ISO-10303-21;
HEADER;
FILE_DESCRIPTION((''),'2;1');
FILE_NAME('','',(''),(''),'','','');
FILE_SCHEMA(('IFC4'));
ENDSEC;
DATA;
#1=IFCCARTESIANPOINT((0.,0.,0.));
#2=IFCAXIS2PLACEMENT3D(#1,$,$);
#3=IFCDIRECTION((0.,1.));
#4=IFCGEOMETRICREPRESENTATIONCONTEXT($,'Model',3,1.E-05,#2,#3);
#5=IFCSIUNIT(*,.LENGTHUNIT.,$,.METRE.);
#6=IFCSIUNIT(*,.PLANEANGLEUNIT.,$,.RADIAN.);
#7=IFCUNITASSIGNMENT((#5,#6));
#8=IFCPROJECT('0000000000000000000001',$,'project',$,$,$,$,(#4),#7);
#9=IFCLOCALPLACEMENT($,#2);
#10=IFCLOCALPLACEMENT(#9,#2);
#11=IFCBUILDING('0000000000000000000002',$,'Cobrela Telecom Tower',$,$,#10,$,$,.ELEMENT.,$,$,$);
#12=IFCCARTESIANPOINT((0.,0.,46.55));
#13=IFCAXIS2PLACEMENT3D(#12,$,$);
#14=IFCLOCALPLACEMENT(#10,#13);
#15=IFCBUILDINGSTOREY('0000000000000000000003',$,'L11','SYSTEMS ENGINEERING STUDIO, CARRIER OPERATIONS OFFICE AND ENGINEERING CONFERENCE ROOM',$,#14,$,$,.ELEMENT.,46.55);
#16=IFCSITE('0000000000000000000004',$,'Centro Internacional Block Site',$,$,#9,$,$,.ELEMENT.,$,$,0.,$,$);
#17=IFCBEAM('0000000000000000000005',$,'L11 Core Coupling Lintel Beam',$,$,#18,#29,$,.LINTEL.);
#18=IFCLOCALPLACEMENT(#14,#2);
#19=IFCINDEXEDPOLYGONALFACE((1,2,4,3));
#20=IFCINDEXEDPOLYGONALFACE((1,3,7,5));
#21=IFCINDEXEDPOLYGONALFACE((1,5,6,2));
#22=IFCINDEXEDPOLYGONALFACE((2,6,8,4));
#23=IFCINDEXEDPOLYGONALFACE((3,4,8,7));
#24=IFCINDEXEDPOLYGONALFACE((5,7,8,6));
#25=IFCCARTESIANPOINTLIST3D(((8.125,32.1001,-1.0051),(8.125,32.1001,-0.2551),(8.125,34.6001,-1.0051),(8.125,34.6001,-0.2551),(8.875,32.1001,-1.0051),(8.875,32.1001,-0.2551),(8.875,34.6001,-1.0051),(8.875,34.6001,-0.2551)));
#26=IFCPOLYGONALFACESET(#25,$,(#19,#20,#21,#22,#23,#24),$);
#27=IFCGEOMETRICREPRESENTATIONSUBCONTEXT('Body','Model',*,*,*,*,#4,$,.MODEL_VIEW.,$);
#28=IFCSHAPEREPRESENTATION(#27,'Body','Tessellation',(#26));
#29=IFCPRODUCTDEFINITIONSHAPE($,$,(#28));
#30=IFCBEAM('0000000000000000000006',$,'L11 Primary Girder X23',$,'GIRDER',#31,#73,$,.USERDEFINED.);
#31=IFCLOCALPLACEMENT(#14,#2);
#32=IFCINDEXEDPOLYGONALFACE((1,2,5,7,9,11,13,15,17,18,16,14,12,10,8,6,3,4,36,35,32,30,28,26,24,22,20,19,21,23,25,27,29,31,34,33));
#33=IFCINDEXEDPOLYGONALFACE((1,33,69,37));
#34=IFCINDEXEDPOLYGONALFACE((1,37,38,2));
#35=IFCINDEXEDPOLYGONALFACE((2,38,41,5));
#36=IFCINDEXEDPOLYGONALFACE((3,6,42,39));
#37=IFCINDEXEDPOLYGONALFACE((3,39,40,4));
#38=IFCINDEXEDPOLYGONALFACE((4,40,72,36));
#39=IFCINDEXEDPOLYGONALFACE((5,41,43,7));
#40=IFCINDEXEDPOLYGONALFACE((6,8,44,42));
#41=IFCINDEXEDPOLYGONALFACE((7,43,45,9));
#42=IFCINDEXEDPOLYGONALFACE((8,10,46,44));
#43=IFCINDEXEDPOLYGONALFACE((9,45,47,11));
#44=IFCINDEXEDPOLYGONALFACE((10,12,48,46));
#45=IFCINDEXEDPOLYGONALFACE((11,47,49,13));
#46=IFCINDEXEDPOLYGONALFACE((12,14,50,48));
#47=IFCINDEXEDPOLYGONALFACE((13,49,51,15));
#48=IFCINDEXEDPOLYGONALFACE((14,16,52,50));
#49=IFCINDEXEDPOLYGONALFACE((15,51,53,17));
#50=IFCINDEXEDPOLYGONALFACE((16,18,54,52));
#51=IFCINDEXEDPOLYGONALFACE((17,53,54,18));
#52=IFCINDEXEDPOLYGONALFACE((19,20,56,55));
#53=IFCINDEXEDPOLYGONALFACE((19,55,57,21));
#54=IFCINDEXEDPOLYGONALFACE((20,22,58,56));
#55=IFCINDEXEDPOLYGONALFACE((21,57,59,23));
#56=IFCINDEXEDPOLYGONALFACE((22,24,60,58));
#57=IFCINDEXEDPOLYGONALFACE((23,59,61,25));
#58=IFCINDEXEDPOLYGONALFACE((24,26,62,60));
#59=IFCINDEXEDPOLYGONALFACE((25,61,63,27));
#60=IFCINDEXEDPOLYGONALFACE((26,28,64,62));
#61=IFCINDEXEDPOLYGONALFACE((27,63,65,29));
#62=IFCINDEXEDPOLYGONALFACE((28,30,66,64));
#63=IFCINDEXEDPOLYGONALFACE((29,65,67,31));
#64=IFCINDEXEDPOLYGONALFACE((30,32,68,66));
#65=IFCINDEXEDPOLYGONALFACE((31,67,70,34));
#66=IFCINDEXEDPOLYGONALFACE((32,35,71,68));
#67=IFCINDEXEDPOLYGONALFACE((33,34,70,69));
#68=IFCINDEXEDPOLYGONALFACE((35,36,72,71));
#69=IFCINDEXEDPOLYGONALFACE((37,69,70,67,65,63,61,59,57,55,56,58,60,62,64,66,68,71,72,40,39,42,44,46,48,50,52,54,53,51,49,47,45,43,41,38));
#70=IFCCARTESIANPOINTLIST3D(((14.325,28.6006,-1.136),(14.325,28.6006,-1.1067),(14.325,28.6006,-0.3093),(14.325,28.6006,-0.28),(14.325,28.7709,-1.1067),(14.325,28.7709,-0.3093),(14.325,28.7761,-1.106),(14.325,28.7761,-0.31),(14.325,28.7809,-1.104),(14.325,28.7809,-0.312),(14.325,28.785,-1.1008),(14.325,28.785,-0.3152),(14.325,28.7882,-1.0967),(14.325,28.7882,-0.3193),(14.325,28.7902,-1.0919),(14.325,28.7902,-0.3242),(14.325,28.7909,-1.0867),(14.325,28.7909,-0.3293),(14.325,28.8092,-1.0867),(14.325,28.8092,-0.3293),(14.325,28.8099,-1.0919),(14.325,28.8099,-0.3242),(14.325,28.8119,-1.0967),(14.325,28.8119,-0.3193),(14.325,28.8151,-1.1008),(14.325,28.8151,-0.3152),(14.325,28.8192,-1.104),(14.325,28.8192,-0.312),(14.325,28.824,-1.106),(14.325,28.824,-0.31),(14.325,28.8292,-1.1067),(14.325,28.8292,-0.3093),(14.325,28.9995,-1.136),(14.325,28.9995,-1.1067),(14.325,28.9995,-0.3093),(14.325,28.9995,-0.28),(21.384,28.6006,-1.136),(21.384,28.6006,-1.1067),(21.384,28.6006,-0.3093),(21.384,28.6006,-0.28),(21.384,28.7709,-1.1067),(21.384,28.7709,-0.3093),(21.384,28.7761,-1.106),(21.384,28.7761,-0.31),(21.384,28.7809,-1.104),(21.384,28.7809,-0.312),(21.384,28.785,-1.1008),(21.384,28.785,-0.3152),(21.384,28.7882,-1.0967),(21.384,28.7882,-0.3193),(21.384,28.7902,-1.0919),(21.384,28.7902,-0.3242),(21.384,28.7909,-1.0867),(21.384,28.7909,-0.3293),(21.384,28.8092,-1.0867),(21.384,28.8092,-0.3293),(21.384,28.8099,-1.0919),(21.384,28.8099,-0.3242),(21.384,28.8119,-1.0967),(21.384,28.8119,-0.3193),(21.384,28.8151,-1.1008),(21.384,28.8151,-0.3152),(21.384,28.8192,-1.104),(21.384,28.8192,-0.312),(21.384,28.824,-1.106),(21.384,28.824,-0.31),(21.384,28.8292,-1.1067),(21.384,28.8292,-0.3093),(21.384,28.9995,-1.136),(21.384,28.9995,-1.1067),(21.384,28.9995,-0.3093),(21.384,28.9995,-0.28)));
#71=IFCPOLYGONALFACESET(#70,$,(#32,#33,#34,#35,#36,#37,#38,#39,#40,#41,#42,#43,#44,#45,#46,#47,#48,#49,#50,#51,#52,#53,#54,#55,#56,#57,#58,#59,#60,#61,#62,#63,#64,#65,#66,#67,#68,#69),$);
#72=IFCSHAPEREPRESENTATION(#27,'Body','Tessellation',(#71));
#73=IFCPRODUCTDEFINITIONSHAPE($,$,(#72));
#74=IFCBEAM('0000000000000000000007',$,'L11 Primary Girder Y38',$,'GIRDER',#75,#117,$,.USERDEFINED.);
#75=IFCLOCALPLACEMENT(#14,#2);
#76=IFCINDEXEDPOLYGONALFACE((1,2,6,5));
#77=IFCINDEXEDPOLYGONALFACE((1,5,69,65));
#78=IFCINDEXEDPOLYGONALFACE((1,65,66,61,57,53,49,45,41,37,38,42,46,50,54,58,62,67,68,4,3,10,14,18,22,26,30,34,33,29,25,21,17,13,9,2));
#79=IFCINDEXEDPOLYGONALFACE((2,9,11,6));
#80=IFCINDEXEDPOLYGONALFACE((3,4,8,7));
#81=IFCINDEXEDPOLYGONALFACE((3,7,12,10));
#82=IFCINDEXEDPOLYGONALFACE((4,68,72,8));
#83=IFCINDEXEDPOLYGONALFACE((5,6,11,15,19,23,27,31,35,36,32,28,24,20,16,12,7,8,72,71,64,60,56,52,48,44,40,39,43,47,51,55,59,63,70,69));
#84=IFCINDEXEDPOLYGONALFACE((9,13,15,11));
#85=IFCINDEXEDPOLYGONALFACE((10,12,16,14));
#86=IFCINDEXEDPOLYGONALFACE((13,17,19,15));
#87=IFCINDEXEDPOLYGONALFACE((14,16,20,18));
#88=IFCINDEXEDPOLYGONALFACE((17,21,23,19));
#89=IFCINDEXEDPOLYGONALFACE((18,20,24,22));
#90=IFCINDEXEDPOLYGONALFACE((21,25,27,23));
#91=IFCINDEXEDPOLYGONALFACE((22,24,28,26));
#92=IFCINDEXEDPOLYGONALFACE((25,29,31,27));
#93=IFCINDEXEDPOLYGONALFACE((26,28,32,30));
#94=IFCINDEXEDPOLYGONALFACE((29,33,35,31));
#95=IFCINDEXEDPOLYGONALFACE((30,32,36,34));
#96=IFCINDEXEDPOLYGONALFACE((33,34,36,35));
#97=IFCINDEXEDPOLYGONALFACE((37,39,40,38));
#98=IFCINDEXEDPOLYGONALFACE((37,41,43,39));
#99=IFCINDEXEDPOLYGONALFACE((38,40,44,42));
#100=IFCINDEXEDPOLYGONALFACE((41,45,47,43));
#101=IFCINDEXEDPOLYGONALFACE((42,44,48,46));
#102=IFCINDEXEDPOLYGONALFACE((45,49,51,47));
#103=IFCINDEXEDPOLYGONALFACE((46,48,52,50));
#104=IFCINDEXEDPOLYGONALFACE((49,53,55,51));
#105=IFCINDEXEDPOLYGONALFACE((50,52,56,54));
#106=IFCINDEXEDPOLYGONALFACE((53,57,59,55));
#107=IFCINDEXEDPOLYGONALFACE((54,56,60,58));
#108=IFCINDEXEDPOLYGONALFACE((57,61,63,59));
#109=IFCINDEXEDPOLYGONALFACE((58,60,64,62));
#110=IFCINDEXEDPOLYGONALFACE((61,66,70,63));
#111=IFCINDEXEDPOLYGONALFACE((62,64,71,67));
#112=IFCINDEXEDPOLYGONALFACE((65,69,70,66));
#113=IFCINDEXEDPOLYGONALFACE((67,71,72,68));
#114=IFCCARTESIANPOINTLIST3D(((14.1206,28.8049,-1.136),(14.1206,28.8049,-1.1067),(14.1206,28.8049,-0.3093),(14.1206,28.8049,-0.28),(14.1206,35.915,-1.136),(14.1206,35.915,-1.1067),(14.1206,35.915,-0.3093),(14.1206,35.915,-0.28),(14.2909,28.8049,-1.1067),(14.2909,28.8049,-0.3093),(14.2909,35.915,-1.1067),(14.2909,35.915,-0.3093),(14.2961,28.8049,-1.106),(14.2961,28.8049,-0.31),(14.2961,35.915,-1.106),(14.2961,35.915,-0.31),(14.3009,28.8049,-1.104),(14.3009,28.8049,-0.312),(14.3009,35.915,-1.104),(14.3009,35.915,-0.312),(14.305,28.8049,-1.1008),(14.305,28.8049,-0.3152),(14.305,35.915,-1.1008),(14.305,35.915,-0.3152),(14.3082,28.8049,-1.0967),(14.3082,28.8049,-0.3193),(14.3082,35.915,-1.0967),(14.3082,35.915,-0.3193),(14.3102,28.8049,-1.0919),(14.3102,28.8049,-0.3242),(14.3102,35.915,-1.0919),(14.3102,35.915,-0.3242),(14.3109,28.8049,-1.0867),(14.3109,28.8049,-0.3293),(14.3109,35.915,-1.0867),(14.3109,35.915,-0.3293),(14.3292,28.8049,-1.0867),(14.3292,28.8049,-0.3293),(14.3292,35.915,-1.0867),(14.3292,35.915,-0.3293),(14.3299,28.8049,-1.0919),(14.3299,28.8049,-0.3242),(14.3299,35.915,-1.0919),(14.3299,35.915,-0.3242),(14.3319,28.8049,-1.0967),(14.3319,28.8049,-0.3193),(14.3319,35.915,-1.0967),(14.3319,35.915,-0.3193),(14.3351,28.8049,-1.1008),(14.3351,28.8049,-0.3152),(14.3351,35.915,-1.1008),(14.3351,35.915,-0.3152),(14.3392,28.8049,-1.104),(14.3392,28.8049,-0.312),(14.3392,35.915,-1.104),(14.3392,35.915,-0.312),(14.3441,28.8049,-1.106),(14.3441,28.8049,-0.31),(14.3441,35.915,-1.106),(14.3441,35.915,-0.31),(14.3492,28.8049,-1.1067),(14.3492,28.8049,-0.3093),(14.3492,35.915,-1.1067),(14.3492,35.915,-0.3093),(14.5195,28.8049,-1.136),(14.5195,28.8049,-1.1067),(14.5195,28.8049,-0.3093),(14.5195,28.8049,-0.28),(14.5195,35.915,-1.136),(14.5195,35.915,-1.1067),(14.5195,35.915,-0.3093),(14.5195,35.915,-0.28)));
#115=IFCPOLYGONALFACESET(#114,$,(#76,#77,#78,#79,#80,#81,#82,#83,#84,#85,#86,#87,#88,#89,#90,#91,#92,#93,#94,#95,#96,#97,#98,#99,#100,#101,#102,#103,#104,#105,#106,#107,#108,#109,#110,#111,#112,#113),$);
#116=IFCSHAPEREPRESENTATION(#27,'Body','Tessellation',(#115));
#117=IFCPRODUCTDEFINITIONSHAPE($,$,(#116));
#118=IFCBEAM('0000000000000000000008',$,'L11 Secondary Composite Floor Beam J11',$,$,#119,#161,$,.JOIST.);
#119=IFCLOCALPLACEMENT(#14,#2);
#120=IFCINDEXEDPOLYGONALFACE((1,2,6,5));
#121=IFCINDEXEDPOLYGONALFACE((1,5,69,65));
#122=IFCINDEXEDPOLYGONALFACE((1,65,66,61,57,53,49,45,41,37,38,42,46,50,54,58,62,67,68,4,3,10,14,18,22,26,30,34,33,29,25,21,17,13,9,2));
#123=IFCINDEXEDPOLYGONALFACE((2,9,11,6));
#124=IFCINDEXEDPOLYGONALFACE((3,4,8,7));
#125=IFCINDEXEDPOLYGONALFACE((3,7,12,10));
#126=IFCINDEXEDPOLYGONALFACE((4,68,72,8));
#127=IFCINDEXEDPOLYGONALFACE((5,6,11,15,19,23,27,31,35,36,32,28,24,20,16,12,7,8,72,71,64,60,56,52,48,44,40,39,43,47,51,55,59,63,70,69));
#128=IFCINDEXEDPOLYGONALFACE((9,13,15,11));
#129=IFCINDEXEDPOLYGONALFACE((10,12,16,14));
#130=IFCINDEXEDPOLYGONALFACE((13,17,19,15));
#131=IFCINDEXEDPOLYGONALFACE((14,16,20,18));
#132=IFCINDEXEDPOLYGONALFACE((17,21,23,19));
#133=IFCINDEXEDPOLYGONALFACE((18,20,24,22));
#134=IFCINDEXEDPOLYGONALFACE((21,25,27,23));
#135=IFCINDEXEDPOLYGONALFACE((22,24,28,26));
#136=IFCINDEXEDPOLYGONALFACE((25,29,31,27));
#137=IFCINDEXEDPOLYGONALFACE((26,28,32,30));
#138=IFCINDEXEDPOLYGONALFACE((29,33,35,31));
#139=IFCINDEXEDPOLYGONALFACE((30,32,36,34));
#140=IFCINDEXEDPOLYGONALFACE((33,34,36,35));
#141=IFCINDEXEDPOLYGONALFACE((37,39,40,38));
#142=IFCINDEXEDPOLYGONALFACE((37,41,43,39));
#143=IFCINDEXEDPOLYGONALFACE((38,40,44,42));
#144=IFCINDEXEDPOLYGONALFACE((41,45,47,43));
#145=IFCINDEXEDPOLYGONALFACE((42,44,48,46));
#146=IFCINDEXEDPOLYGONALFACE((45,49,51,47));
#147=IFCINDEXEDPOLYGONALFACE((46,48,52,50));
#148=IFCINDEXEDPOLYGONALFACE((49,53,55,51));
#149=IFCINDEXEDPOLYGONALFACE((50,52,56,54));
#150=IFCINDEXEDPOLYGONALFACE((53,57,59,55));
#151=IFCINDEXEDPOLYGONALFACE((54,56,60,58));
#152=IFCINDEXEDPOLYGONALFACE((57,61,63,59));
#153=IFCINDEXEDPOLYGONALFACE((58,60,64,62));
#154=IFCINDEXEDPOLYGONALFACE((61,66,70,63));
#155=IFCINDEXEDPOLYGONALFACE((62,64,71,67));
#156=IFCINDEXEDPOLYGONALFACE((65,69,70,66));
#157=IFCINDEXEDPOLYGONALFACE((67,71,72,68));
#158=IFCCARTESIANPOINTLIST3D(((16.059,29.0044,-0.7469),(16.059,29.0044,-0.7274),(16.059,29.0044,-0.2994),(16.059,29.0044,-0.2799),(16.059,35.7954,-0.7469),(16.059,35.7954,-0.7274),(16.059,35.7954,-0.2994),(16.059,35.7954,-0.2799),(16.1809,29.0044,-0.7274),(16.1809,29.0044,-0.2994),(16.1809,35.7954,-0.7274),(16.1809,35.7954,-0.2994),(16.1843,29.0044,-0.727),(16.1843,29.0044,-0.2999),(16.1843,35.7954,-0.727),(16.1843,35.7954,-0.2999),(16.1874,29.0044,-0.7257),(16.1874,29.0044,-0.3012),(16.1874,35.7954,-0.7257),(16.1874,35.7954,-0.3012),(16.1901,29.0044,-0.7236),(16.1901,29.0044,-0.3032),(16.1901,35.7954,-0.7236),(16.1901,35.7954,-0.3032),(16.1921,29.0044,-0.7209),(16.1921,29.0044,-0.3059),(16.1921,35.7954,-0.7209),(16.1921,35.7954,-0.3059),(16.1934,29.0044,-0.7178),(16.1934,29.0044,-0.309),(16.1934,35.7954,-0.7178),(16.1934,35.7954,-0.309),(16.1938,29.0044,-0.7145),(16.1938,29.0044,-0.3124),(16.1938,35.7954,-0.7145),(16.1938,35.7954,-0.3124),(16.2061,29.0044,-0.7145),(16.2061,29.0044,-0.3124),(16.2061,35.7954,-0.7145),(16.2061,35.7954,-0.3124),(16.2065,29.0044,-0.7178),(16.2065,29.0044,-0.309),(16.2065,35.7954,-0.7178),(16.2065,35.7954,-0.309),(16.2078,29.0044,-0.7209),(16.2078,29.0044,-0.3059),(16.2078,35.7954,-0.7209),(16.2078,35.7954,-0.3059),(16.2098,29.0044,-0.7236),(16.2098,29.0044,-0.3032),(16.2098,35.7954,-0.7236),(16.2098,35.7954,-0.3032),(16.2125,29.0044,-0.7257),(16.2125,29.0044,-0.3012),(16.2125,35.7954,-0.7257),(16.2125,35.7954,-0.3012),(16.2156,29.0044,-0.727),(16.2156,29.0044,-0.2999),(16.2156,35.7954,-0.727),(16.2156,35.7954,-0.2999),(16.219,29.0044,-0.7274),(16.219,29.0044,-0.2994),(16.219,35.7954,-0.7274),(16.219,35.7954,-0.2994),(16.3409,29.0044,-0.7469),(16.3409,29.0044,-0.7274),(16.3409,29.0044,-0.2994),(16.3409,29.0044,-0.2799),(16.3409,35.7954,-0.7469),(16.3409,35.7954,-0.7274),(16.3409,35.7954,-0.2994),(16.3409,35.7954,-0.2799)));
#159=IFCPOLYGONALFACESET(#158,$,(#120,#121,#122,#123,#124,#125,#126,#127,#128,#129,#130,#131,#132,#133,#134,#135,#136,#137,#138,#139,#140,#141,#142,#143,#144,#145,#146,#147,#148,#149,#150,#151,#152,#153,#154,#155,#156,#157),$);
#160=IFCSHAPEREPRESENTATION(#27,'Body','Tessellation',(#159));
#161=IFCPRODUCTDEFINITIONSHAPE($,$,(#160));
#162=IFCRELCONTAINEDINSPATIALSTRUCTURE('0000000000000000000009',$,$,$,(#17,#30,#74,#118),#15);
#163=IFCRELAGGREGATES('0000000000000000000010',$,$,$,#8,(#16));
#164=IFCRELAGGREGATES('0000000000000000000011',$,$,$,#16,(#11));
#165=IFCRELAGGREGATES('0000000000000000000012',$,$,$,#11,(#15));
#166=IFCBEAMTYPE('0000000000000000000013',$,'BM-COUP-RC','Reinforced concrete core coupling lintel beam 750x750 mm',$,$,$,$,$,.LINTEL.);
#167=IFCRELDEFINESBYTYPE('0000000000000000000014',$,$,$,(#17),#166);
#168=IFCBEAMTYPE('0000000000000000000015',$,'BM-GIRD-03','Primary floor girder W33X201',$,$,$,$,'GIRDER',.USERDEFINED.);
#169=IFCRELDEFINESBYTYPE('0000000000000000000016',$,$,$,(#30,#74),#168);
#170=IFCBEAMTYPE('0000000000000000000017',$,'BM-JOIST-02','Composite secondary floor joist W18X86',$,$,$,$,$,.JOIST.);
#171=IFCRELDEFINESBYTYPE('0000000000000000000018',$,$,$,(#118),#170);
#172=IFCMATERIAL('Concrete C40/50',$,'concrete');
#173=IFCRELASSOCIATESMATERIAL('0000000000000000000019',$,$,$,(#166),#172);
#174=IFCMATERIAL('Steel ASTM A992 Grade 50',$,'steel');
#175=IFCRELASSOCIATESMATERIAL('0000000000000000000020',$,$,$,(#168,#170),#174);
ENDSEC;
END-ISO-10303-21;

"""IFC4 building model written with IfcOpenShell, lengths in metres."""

from ifc_helpers import new_model, si_unit, direction, frame, origin, origin_2d, place, context, subcontext, project, spatial, rectangle, i_section, extrude, material, material_profile, profile_set, type_object, element, save


model = new_model("IFC4")

# Units and contexts
model_context = context("Model", 3, precision=1e-05, world=origin(), true_north=direction((0.0, 1.0)))
body_context = subcontext(model_context, "Body", "Model", "MODEL_VIEW")
ifc_project = project(units=[si_unit("LENGTHUNIT", "METRE"), si_unit("PLANEANGLEUNIT", "RADIAN")], contexts=[model_context])

# Site, building, storey
site_placement = place(None, origin())
site = spatial("IfcSite", under=ifc_project, at=site_placement, Name="Centro Internacional Block Site", CompositionType="ELEMENT", RefElevation=0.0)
building_placement = place(site_placement, origin())
building = spatial("IfcBuilding", under=site, at=building_placement, Name="Cobrela Telecom Tower", CompositionType="ELEMENT")
storey_placement = place(building_placement, frame((0.0, 0.0, 46.55)))
storey = spatial("IfcBuildingStorey", under=building, at=storey_placement, Name="L11", Description="SYSTEMS ENGINEERING STUDIO, CARRIER OPERATIONS OFFICE AND ENGINEERING CONFERENCE ROOM", CompositionType="ELEMENT", Elevation=46.55)

# Beams
ifc_material_1 = material(Name="Concrete C40/50", Category="concrete")
ifc_material_profile_1 = material_profile(ifc_material_1, rectangle(XDim=0.75, YDim=0.75, at=origin_2d()), Name="RC 750x750")
ifc_profile_set_1 = profile_set([ifc_material_profile_1], Name="Concrete C40/50")
beam_type_1 = type_object("IfcBeamType", Name="BM-COUP-RC", Description="Reinforced concrete core coupling lintel beam 750x750 mm", PredefinedType="LINTEL", material=ifc_profile_set_1)
beam_1_placement = place(storey_placement, frame((8.5, 32.1001, -0.6301), z_axis=(0.0, 1.0, 0.0), x_axis=(-1.0, 0.0, 0.0)))
element("IfcBeam", 1, at=beam_1_placement, inside=storey, type_object=beam_type_1, Name="L11 Core Coupling Lintel Beam", PredefinedType="LINTEL", context=body_context, shape_type="SweptSolid", body=[
    extrude(rectangle(XDim=0.75, YDim=0.75, at=origin_2d()), origin(), (0.0, 0.0, 1.0), 2.5),
])
ifc_material_2 = material(Name="Steel ASTM A992 Grade 50", Category="steel")
ifc_material_profile_2 = material_profile(ifc_material_2, i_section(OverallWidth=0.3989, OverallDepth=0.856, WebThickness=0.0183, FlangeThickness=0.0293, FilletRadius=0.02, at=origin_2d()), Name="W33X201")
ifc_profile_set_2 = profile_set([ifc_material_profile_2], Name="Steel ASTM A992 Grade 50")
beam_type_2 = type_object("IfcBeamType", Name="BM-GIRD-03", Description="Primary floor girder W33X201", ElementType="GIRDER", PredefinedType="USERDEFINED", material=ifc_profile_set_2)
beam_2_placement = place(storey_placement, frame((14.325, 28.8, -0.708), z_axis=(1.0, 0.0, 0.0), x_axis=(0.0, 1.0, 0.0)))
element("IfcBeam", 2, at=beam_2_placement, inside=storey, type_object=beam_type_2, Name="L11 Primary Girder X23", ObjectType="GIRDER", PredefinedType="USERDEFINED", context=body_context, shape_type="SweptSolid", body=[
    extrude(i_section(OverallWidth=0.3989, OverallDepth=0.856, WebThickness=0.0183, FlangeThickness=0.0293, FilletRadius=0.02, at=origin_2d()), origin(), (0.0, 0.0, 1.0), 7.0591),
])
beam_3_placement = place(storey_placement, frame((14.3201, 28.8049, -0.708), z_axis=(0.0, 1.0, 0.0), x_axis=(-1.0, 0.0, 0.0)))
element("IfcBeam", 3, at=beam_3_placement, inside=storey, type_object=beam_type_2, Name="L11 Primary Girder Y38", ObjectType="GIRDER", PredefinedType="USERDEFINED", context=body_context, shape_type="SweptSolid", body=[
    extrude(i_section(OverallWidth=0.3989, OverallDepth=0.856, WebThickness=0.0183, FlangeThickness=0.0293, FilletRadius=0.02, at=origin_2d()), origin(), (0.0, 0.0, 1.0), 7.1101),
])
ifc_material_profile_3 = material_profile(ifc_material_2, i_section(OverallWidth=0.282, OverallDepth=0.467, WebThickness=0.0122, FlangeThickness=0.0195, FilletRadius=0.0129, at=origin_2d()), Name="W18X86")
ifc_profile_set_3 = profile_set([ifc_material_profile_3], Name="Steel ASTM A992 Grade 50")
beam_type_3 = type_object("IfcBeamType", Name="BM-JOIST-02", Description="Composite secondary floor joist W18X86", PredefinedType="JOIST", material=ifc_profile_set_3)
for number, where, z_axis, x_axis, name in (
    (4, (16.2, 29.0044, -0.5134), (0.0, 1.0, 0.0), (-1.0, 0.0, 0.0), "L11 Secondary Composite Floor Beam J11"),
):
    element("IfcBeam", number, at=place(storey_placement, frame(where, z_axis=z_axis, x_axis=x_axis)), inside=storey, type_object=beam_type_3, Name=name, PredefinedType="JOIST", context=body_context, shape_type="SweptSolid", body=[
        extrude(i_section(OverallWidth=0.282, OverallDepth=0.467, WebThickness=0.0122, FlangeThickness=0.0195, FilletRadius=0.0129, at=origin_2d()), origin(), (0.0, 0.0, 1.0), 6.791),
    ])

save(model, "model.ifc")
